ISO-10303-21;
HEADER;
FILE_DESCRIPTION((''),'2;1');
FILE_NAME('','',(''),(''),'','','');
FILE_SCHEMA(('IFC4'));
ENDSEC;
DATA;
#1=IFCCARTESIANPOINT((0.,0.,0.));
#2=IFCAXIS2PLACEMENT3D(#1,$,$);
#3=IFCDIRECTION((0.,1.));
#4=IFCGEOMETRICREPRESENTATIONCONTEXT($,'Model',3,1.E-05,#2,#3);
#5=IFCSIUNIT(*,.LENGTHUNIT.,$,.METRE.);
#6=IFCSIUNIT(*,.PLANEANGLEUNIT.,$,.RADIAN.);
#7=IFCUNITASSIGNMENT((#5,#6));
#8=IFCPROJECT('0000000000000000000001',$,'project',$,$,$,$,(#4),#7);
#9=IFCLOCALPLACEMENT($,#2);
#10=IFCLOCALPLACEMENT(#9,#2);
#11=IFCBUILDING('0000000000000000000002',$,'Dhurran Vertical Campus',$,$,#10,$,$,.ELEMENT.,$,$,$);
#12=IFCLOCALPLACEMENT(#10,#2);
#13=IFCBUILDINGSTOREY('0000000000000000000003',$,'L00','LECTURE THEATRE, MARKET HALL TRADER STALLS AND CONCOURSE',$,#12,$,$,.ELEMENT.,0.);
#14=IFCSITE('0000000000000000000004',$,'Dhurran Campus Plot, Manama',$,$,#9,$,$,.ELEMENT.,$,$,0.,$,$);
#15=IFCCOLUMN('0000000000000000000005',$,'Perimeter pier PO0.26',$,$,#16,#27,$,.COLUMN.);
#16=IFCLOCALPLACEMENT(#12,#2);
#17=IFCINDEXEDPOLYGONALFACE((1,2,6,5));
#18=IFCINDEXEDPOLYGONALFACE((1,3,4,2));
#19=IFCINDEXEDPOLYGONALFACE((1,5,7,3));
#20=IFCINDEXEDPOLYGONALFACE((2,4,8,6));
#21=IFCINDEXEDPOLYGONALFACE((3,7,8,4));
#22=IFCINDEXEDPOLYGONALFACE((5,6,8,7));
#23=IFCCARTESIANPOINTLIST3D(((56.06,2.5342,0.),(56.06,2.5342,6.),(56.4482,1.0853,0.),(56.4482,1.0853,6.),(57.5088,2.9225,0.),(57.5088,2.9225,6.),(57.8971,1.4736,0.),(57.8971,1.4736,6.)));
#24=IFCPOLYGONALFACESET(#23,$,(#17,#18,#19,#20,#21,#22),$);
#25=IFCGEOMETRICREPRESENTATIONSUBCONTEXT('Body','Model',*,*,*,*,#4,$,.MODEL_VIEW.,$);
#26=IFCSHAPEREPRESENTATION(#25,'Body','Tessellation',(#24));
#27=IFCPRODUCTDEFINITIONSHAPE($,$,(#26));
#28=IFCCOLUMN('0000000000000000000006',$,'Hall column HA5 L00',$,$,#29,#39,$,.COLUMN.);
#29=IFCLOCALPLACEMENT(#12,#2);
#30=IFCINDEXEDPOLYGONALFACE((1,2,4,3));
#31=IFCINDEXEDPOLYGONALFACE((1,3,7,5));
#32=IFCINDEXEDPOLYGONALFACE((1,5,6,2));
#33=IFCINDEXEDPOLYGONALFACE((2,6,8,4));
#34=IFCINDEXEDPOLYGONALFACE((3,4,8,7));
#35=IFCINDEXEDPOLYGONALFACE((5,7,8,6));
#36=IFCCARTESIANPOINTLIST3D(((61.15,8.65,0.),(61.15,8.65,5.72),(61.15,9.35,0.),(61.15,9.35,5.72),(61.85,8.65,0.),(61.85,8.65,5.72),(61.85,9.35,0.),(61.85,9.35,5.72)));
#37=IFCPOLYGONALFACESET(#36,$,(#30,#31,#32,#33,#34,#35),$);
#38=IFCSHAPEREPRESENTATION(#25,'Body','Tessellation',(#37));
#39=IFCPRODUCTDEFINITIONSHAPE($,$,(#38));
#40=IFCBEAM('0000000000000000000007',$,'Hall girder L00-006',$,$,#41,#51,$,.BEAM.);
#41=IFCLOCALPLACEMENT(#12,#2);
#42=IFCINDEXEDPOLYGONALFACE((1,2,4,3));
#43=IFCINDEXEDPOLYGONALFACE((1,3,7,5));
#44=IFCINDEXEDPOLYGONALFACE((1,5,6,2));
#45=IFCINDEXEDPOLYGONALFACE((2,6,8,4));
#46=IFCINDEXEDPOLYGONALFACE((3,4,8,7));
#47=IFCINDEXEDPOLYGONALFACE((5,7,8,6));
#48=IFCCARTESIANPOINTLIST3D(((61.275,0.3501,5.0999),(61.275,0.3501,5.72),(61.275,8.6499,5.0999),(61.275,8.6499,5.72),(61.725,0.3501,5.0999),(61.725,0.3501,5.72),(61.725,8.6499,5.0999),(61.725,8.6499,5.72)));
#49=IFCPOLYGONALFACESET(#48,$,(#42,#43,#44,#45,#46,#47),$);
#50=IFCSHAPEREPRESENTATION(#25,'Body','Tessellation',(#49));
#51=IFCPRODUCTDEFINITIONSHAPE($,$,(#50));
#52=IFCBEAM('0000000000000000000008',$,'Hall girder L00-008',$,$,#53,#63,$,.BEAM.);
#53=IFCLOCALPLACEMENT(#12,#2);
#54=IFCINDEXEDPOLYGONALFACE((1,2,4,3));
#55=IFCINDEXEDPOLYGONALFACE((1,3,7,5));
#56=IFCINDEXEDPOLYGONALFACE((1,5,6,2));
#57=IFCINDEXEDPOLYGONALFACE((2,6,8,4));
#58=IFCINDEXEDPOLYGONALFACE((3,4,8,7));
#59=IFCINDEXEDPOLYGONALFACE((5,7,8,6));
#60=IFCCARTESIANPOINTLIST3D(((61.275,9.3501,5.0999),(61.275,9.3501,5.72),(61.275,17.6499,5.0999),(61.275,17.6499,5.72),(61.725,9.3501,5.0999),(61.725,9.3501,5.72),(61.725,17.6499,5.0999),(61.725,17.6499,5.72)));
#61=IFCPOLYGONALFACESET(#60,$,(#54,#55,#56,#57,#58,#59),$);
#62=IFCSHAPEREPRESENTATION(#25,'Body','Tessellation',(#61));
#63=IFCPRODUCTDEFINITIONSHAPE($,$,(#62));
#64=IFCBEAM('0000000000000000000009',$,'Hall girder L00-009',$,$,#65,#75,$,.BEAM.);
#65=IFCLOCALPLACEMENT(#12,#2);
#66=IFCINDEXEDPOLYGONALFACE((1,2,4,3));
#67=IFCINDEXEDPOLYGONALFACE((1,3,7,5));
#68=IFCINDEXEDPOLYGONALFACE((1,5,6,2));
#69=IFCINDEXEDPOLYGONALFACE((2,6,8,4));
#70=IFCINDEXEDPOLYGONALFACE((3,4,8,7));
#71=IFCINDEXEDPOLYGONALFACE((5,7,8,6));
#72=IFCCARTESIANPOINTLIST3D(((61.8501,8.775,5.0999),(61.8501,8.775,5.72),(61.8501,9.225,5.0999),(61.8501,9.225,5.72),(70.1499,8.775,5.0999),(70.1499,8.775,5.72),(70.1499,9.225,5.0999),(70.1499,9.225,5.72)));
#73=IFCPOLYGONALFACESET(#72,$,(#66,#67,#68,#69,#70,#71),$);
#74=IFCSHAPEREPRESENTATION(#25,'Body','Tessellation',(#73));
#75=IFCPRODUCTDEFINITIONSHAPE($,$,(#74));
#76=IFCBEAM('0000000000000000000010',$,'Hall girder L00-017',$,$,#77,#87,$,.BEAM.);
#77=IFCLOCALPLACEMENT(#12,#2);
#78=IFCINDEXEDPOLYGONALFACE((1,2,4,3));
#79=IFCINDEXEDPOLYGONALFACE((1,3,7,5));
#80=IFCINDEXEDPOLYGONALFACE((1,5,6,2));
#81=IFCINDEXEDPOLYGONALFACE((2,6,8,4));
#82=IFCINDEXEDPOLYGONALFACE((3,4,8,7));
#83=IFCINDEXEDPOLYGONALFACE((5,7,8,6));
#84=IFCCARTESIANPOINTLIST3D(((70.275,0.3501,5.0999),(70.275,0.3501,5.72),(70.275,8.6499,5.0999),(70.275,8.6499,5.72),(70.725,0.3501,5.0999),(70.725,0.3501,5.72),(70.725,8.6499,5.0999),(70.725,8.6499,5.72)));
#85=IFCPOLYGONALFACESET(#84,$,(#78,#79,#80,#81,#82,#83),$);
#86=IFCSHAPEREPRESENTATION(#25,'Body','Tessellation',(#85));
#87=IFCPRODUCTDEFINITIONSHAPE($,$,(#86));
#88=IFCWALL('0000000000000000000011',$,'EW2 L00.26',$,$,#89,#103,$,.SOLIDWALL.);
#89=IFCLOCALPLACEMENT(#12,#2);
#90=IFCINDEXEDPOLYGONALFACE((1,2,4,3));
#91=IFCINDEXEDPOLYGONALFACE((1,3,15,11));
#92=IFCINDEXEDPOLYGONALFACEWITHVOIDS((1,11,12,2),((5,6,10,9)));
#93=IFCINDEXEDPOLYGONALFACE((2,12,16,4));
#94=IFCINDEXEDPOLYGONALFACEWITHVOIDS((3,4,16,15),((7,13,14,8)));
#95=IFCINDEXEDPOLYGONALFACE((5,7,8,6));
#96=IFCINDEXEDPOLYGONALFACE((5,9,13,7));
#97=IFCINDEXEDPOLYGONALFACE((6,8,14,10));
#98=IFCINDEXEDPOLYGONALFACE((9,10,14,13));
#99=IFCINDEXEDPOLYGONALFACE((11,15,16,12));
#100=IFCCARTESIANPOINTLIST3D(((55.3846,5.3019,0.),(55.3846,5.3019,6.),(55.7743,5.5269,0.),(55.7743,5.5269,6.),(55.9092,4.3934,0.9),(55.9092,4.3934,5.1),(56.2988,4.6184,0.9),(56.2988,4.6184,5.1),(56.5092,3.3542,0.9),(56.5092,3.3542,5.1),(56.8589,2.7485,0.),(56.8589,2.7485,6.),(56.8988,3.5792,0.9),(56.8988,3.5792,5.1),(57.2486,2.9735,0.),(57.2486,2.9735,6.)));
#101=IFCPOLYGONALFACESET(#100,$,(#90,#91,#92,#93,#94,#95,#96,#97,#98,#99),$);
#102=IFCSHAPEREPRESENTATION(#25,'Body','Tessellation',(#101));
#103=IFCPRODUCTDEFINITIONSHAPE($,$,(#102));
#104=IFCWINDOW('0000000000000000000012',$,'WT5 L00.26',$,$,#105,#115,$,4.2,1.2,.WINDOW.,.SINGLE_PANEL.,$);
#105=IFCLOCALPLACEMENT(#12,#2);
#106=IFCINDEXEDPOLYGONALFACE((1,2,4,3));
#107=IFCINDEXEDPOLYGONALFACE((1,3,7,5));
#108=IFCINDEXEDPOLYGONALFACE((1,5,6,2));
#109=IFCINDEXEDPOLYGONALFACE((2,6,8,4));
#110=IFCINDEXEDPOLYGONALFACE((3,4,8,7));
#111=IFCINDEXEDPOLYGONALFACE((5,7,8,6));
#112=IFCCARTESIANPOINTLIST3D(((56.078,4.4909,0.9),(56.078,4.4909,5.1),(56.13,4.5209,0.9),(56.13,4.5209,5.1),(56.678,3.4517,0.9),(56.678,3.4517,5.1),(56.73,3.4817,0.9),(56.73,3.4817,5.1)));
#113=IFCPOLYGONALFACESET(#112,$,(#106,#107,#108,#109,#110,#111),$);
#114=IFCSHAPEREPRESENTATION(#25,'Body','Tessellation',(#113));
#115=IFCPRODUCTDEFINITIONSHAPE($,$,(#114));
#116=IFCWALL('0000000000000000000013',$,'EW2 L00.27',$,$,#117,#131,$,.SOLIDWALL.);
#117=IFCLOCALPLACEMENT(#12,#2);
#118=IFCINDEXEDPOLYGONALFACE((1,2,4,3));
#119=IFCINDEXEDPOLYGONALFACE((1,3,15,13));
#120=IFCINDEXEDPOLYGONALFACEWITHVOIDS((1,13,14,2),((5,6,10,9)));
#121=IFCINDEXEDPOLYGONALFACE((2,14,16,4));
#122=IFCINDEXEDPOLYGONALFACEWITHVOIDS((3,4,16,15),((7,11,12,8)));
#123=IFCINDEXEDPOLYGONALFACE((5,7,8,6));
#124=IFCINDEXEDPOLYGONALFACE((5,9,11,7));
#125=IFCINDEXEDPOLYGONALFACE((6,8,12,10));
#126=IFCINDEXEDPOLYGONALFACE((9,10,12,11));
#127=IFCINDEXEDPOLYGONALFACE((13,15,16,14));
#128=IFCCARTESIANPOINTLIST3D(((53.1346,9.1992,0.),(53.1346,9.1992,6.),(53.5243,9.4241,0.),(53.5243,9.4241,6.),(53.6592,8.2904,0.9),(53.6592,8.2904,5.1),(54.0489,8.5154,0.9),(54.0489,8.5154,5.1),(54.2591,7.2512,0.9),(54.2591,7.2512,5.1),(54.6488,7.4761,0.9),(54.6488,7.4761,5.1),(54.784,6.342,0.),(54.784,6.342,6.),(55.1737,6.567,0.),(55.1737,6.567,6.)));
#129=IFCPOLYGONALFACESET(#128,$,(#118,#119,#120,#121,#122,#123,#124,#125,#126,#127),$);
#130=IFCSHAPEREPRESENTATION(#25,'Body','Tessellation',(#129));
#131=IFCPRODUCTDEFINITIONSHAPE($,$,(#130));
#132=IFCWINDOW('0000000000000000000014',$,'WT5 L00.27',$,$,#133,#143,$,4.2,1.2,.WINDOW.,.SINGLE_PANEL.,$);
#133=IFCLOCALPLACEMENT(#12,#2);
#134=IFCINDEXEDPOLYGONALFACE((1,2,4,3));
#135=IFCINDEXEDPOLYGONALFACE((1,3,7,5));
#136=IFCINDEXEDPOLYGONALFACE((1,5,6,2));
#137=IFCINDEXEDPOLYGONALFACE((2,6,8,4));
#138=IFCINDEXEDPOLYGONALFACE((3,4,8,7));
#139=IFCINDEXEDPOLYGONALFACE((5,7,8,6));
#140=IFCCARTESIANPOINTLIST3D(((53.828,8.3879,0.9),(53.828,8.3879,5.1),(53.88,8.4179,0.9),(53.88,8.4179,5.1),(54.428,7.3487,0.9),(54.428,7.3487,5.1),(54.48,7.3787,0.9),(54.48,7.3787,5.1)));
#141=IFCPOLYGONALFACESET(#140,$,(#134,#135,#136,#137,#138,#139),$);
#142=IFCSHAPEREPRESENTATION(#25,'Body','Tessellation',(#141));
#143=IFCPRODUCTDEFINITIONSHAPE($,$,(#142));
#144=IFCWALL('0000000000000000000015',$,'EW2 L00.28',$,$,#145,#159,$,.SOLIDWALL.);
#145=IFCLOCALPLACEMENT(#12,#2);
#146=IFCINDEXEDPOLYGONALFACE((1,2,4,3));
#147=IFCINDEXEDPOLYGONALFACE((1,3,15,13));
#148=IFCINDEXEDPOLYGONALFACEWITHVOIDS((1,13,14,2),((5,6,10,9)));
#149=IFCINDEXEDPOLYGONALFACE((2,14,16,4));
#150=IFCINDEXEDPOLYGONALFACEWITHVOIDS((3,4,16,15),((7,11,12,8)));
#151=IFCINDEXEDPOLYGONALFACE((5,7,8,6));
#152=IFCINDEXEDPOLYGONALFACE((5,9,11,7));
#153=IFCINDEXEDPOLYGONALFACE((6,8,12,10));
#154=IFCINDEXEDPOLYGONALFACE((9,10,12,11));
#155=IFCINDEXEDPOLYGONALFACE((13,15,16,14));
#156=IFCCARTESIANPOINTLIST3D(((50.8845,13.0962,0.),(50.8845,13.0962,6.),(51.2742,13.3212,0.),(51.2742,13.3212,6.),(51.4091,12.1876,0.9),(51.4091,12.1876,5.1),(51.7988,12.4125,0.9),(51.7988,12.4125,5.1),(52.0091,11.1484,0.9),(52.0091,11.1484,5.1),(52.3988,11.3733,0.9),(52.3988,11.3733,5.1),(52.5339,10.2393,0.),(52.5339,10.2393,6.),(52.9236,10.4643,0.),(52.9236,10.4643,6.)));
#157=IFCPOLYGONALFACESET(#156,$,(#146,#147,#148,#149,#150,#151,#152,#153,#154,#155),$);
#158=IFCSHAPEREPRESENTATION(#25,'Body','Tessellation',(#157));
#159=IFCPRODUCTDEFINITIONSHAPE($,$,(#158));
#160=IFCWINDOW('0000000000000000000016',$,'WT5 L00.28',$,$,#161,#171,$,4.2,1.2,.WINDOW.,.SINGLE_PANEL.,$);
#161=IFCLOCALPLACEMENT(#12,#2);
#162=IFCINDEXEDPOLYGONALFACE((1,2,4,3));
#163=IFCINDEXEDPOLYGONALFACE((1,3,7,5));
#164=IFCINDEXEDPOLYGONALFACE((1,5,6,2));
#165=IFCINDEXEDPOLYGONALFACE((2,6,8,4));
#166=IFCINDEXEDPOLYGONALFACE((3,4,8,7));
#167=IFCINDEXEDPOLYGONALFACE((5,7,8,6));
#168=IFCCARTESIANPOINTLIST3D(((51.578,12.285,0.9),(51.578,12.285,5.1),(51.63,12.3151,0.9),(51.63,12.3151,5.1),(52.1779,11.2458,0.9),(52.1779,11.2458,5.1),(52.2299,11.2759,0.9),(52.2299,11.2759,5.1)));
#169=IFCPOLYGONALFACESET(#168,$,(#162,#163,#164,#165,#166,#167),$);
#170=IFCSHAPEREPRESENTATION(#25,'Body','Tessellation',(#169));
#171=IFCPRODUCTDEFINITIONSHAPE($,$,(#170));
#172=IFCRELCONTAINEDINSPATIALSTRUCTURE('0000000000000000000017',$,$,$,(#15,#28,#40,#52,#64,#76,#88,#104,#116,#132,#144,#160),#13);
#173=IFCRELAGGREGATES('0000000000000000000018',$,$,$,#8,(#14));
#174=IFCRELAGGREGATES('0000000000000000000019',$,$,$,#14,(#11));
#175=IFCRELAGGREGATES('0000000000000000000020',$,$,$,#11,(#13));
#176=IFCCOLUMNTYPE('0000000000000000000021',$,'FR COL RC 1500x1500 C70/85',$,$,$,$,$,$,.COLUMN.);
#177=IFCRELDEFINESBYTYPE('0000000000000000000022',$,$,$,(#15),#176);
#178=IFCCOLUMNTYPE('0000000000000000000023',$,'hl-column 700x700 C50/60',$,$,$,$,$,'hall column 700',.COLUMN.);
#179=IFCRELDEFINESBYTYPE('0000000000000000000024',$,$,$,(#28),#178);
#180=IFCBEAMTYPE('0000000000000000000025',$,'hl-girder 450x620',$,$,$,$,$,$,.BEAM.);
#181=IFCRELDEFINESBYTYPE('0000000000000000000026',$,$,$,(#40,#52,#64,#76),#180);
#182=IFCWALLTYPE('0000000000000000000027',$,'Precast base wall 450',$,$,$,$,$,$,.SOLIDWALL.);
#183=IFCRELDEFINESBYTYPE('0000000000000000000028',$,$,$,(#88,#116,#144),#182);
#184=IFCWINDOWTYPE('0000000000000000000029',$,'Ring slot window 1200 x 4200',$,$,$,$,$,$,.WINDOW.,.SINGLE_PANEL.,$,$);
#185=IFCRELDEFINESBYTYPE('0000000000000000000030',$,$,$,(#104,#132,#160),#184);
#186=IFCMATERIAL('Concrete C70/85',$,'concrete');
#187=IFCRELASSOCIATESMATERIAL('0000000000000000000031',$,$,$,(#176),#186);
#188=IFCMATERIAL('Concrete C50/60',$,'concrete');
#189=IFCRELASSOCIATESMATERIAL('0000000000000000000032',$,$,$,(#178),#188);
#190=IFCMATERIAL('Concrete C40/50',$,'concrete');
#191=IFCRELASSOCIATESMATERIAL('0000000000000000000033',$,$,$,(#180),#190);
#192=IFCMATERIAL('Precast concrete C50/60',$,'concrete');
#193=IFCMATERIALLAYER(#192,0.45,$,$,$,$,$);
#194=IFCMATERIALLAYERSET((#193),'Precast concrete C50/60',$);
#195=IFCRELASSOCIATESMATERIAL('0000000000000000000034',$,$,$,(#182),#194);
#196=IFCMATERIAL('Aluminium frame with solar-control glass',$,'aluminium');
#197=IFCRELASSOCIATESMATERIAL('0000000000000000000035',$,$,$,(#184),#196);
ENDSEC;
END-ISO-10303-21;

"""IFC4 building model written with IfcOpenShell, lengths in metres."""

from ifc_helpers import new_model, si_unit, direction, frame, frame_2d, origin, origin_2d, place, context, subcontext, project, spatial, rectangle, extrude, material, layer, layer_set, material_profile, profile_set, type_object, element, fill, save


model = new_model("IFC4")

# Units and contexts
model_context = context("Model", 3, precision=1e-05, world=origin(), true_north=direction((0.0, 1.0)))
body_context = subcontext(model_context, "Body", "Model", "MODEL_VIEW")
ifc_project = project(units=[si_unit("LENGTHUNIT", "METRE"), si_unit("PLANEANGLEUNIT", "RADIAN")], contexts=[model_context])

# Site, building, storey
site_placement = place(None, origin())
site = spatial("IfcSite", under=ifc_project, at=site_placement, Name="Dhurran Campus Plot, Manama", CompositionType="ELEMENT", RefElevation=0.0)
building_placement = place(site_placement, origin())
building = spatial("IfcBuilding", under=site, at=building_placement, Name="Dhurran Vertical Campus", CompositionType="ELEMENT")
storey_placement = place(building_placement, origin())
storey = spatial("IfcBuildingStorey", under=building, at=storey_placement, Name="L00", Description="LECTURE THEATRE, MARKET HALL TRADER STALLS AND CONCOURSE", CompositionType="ELEMENT", Elevation=0.0)

# Columns
ifc_material_1 = material(Name="Concrete C70/85", Category="concrete")
ifc_material_profile_1 = material_profile(ifc_material_1, rectangle(XDim=1.5, YDim=1.5, at=origin_2d()), Name="RC 1500x1500")
ifc_profile_set_1 = profile_set([ifc_material_profile_1], Name="Concrete C70/85")
column_type_1 = type_object("IfcColumnType", Name="FR COL RC 1500x1500 C70/85", PredefinedType="COLUMN", material=ifc_profile_set_1)
column_1_placement = place(storey_placement, frame((56.9785, 2.0039, 0.0), z_axis=(0.0, 0.0, 1.0), x_axis=(-0.258819, 0.965926, 0.0)))
element("IfcColumn", 1, at=column_1_placement, inside=storey, type_object=column_type_1, Name="Perimeter pier PO0.26", PredefinedType="COLUMN", context=body_context, shape_type="SweptSolid", body=[
    extrude(rectangle(XDim=1.5, YDim=1.5, at=origin_2d()), origin(), (0.0, 0.0, 1.0), 6.0),
])
ifc_material_2 = material(Name="Concrete C50/60", Category="concrete")
ifc_material_profile_2 = material_profile(ifc_material_2, rectangle(XDim=0.7, YDim=0.7, at=origin_2d()), Name="hl-column 700x700 C50/60")
ifc_profile_set_2 = profile_set([ifc_material_profile_2], Name="Concrete C50/60")
column_type_2 = type_object("IfcColumnType", Name="hl-column 700x700 C50/60", ElementType="hall column 700", PredefinedType="COLUMN", material=ifc_profile_set_2)
column_2_placement = place(storey_placement, frame((61.5, 9.0, 0.0), z_axis=(0.0, 0.0, 1.0), x_axis=(1.0, 0.0, 0.0)))
element("IfcColumn", 2, at=column_2_placement, inside=storey, type_object=column_type_2, Name="Hall column HA5 L00", PredefinedType="COLUMN", context=body_context, shape_type="SweptSolid", body=[
    extrude(rectangle(XDim=0.7, YDim=0.7, at=origin_2d()), origin(), (0.0, 0.0, 1.0), 5.72),
])

# Beams
ifc_material_3 = material(Name="Concrete C40/50", Category="concrete")
ifc_material_profile_3 = material_profile(ifc_material_3, rectangle(XDim=0.45, YDim=0.6201, at=origin_2d()), Name="hl-girder 450x620")
ifc_profile_set_3 = profile_set([ifc_material_profile_3], Name="Concrete C40/50")
beam_type = type_object("IfcBeamType", Name="hl-girder 450x620", PredefinedType="BEAM", material=ifc_profile_set_3)
for number, where, z_axis, x_axis, name in (
    (3, (61.5, 0.3501, 5.4099), (0.0, 1.0, 0.0), (-1.0, 0.0, 0.0), "Hall girder L00-006"),
    (4, (61.5, 9.3501, 5.4099), (0.0, 1.0, 0.0), (-1.0, 0.0, 0.0), "Hall girder L00-008"),
    (5, (61.8501, 9.0, 5.4099), (1.0, 0.0, 0.0), (0.0, 1.0, 0.0), "Hall girder L00-009"),
    (6, (70.5, 0.3501, 5.4099), (0.0, 1.0, 0.0), (-1.0, 0.0, 0.0), "Hall girder L00-017"),
):
    element("IfcBeam", number, at=place(storey_placement, frame(where, z_axis=z_axis, x_axis=x_axis)), inside=storey, type_object=beam_type, Name=name, PredefinedType="BEAM", context=body_context, shape_type="SweptSolid", body=[
        extrude(rectangle(XDim=0.45, YDim=0.6201, at=origin_2d()), origin(), (0.0, 0.0, 1.0), 8.2998),
    ])

# Walls, openings, windows
ifc_material_4 = material(Name="Precast concrete C50/60", Category="concrete")
ifc_layer_1 = layer(ifc_material_4, 0.45)
ifc_layer_set_1 = layer_set([ifc_layer_1], Name="Precast concrete C50/60")
wall_type_1 = type_object("IfcWallType", Name="Precast base wall 450", PredefinedType="SOLIDWALL", material=ifc_layer_set_1)
wall_1_placement = place(storey_placement, frame((57.0537, 2.8611, 0.0), z_axis=(0.0, 0.0, 1.0), x_axis=(-0.500031, 0.866008, 0.0)))
wall_1 = element("IfcWall", 7, at=wall_1_placement, inside=storey, type_object=wall_type_1, Name="EW2 L00.26", PredefinedType="SOLIDWALL", context=body_context, shape_type="SweptSolid", body=[
    extrude(rectangle(XDim=2.9485, YDim=0.45, at=frame_2d((1.4741, 0.0))), origin(), (0.0, 0.0, 1.0), 6.0),
])
opening_1_placement = place(wall_1_placement, frame((0.6992, 0.0, 0.8999)))
opening_1 = element("IfcOpeningElement", 8, at=opening_1_placement, cuts=wall_1, PredefinedType="OPENING", context=body_context, shape_type="SweptSolid", body=[
    extrude(rectangle(XDim=1.2, YDim=4.2, at=frame_2d((0.6001, 2.1001))), frame((0.0, 0.2349, 0.0), z_axis=(0.0, -1.0, 0.0), x_axis=(1.0, 0.0, 0.0)), (0.0, 0.0, 1.0), 0.47),
])
ifc_material_5 = material(Name="Aluminium frame with solar-control glass", Category="aluminium")
window_type_1 = type_object("IfcWindowType", Name="Ring slot window 1200 x 4200", PartitioningType="SINGLE_PANEL", PredefinedType="WINDOW", material=ifc_material_5)
window_1_placement = place(opening_1_placement, origin())
window_1 = element("IfcWindow", 9, at=window_1_placement, inside=storey, type_object=window_type_1, Name="WT5 L00.26", OverallHeight=4.2, OverallWidth=1.2, PartitioningType="SINGLE_PANEL", PredefinedType="WINDOW", context=body_context, shape_type="SweptSolid", body=[
    extrude(rectangle(XDim=1.2, YDim=4.2, at=frame_2d((0.6001, 2.1001))), frame((0.0, 0.03, 0.0), z_axis=(0.0, -1.0, 0.0), x_axis=(1.0, 0.0, 0.0)), (0.0, 0.0, 1.0), 0.0601),
])
fill(opening_1, window_1)
wall_2_placement = place(storey_placement, frame((54.9788, 6.4546, 0.0), z_axis=(0.0, 0.0, 1.0), x_axis=(-0.499959, 0.866049, 0.0)))
wall_2 = element("IfcWall", 10, at=wall_2_placement, inside=storey, type_object=wall_type_1, Name="EW2 L00.27", PredefinedType="SOLIDWALL", context=body_context, shape_type="SweptSolid", body=[
    extrude(rectangle(XDim=3.2991, YDim=0.45, at=frame_2d((1.6494, 0.0))), origin(), (0.0, 0.0, 1.0), 6.0),
])
opening_2_placement = place(wall_2_placement, frame((1.0496, 0.0, 0.8999)))
opening_2 = element("IfcOpeningElement", 11, at=opening_2_placement, cuts=wall_2, PredefinedType="OPENING", context=body_context, shape_type="SweptSolid", body=[
    extrude(rectangle(XDim=1.2, YDim=4.2, at=frame_2d((0.6001, 2.1001))), frame((0.0, 0.2349, 0.0), z_axis=(0.0, -1.0, 0.0), x_axis=(1.0, 0.0, 0.0)), (0.0, 0.0, 1.0), 0.47),
])
window_2_placement = place(opening_2_placement, origin())
window_2 = element("IfcWindow", 12, at=window_2_placement, inside=storey, type_object=window_type_1, Name="WT5 L00.27", OverallHeight=4.2, OverallWidth=1.2, PartitioningType="SINGLE_PANEL", PredefinedType="WINDOW", context=body_context, shape_type="SweptSolid", body=[
    extrude(rectangle(XDim=1.2, YDim=4.2, at=frame_2d((0.6001, 2.1001))), frame((0.0, 0.03, 0.0), z_axis=(0.0, -1.0, 0.0), x_axis=(1.0, 0.0, 0.0)), (0.0, 0.0, 1.0), 0.0601),
])
fill(opening_2, window_2)
wall_3_placement = place(storey_placement, frame((52.7288, 10.3518, 0.0), z_axis=(0.0, 0.0, 1.0), x_axis=(-0.499992, 0.86603, 0.0)))
wall_3 = element("IfcWall", 13, at=wall_3_placement, inside=storey, type_object=wall_type_1, Name="EW2 L00.28", PredefinedType="SOLIDWALL", context=body_context, shape_type="SweptSolid", body=[
    extrude(rectangle(XDim=3.2988, YDim=0.45, at=frame_2d((1.6494, 0.0))), origin(), (0.0, 0.0, 1.0), 6.0),
])
opening_3_placement = place(wall_3_placement, frame((1.0496, 0.0, 0.8999)))
opening_3 = element("IfcOpeningElement", 14, at=opening_3_placement, cuts=wall_3, PredefinedType="OPENING", context=body_context, shape_type="SweptSolid", body=[
    extrude(rectangle(XDim=1.2, YDim=4.2, at=frame_2d((0.6001, 2.1001))), frame((0.0, 0.2349, 0.0), z_axis=(0.0, -1.0, 0.0), x_axis=(1.0, 0.0, 0.0)), (0.0, 0.0, 1.0), 0.47),
])
window_3_placement = place(opening_3_placement, origin())
window_3 = element("IfcWindow", 15, at=window_3_placement, inside=storey, type_object=window_type_1, Name="WT5 L00.28", OverallHeight=4.2, OverallWidth=1.2, PartitioningType="SINGLE_PANEL", PredefinedType="WINDOW", context=body_context, shape_type="SweptSolid", body=[
    extrude(rectangle(XDim=1.2, YDim=4.2, at=frame_2d((0.6001, 2.1001))), frame((0.0, 0.03, 0.0), z_axis=(0.0, -1.0, 0.0), x_axis=(1.0, 0.0, 0.0)), (0.0, 0.0, 1.0), 0.0601),
])
fill(opening_3, window_3)

save(model, "model.ifc")
